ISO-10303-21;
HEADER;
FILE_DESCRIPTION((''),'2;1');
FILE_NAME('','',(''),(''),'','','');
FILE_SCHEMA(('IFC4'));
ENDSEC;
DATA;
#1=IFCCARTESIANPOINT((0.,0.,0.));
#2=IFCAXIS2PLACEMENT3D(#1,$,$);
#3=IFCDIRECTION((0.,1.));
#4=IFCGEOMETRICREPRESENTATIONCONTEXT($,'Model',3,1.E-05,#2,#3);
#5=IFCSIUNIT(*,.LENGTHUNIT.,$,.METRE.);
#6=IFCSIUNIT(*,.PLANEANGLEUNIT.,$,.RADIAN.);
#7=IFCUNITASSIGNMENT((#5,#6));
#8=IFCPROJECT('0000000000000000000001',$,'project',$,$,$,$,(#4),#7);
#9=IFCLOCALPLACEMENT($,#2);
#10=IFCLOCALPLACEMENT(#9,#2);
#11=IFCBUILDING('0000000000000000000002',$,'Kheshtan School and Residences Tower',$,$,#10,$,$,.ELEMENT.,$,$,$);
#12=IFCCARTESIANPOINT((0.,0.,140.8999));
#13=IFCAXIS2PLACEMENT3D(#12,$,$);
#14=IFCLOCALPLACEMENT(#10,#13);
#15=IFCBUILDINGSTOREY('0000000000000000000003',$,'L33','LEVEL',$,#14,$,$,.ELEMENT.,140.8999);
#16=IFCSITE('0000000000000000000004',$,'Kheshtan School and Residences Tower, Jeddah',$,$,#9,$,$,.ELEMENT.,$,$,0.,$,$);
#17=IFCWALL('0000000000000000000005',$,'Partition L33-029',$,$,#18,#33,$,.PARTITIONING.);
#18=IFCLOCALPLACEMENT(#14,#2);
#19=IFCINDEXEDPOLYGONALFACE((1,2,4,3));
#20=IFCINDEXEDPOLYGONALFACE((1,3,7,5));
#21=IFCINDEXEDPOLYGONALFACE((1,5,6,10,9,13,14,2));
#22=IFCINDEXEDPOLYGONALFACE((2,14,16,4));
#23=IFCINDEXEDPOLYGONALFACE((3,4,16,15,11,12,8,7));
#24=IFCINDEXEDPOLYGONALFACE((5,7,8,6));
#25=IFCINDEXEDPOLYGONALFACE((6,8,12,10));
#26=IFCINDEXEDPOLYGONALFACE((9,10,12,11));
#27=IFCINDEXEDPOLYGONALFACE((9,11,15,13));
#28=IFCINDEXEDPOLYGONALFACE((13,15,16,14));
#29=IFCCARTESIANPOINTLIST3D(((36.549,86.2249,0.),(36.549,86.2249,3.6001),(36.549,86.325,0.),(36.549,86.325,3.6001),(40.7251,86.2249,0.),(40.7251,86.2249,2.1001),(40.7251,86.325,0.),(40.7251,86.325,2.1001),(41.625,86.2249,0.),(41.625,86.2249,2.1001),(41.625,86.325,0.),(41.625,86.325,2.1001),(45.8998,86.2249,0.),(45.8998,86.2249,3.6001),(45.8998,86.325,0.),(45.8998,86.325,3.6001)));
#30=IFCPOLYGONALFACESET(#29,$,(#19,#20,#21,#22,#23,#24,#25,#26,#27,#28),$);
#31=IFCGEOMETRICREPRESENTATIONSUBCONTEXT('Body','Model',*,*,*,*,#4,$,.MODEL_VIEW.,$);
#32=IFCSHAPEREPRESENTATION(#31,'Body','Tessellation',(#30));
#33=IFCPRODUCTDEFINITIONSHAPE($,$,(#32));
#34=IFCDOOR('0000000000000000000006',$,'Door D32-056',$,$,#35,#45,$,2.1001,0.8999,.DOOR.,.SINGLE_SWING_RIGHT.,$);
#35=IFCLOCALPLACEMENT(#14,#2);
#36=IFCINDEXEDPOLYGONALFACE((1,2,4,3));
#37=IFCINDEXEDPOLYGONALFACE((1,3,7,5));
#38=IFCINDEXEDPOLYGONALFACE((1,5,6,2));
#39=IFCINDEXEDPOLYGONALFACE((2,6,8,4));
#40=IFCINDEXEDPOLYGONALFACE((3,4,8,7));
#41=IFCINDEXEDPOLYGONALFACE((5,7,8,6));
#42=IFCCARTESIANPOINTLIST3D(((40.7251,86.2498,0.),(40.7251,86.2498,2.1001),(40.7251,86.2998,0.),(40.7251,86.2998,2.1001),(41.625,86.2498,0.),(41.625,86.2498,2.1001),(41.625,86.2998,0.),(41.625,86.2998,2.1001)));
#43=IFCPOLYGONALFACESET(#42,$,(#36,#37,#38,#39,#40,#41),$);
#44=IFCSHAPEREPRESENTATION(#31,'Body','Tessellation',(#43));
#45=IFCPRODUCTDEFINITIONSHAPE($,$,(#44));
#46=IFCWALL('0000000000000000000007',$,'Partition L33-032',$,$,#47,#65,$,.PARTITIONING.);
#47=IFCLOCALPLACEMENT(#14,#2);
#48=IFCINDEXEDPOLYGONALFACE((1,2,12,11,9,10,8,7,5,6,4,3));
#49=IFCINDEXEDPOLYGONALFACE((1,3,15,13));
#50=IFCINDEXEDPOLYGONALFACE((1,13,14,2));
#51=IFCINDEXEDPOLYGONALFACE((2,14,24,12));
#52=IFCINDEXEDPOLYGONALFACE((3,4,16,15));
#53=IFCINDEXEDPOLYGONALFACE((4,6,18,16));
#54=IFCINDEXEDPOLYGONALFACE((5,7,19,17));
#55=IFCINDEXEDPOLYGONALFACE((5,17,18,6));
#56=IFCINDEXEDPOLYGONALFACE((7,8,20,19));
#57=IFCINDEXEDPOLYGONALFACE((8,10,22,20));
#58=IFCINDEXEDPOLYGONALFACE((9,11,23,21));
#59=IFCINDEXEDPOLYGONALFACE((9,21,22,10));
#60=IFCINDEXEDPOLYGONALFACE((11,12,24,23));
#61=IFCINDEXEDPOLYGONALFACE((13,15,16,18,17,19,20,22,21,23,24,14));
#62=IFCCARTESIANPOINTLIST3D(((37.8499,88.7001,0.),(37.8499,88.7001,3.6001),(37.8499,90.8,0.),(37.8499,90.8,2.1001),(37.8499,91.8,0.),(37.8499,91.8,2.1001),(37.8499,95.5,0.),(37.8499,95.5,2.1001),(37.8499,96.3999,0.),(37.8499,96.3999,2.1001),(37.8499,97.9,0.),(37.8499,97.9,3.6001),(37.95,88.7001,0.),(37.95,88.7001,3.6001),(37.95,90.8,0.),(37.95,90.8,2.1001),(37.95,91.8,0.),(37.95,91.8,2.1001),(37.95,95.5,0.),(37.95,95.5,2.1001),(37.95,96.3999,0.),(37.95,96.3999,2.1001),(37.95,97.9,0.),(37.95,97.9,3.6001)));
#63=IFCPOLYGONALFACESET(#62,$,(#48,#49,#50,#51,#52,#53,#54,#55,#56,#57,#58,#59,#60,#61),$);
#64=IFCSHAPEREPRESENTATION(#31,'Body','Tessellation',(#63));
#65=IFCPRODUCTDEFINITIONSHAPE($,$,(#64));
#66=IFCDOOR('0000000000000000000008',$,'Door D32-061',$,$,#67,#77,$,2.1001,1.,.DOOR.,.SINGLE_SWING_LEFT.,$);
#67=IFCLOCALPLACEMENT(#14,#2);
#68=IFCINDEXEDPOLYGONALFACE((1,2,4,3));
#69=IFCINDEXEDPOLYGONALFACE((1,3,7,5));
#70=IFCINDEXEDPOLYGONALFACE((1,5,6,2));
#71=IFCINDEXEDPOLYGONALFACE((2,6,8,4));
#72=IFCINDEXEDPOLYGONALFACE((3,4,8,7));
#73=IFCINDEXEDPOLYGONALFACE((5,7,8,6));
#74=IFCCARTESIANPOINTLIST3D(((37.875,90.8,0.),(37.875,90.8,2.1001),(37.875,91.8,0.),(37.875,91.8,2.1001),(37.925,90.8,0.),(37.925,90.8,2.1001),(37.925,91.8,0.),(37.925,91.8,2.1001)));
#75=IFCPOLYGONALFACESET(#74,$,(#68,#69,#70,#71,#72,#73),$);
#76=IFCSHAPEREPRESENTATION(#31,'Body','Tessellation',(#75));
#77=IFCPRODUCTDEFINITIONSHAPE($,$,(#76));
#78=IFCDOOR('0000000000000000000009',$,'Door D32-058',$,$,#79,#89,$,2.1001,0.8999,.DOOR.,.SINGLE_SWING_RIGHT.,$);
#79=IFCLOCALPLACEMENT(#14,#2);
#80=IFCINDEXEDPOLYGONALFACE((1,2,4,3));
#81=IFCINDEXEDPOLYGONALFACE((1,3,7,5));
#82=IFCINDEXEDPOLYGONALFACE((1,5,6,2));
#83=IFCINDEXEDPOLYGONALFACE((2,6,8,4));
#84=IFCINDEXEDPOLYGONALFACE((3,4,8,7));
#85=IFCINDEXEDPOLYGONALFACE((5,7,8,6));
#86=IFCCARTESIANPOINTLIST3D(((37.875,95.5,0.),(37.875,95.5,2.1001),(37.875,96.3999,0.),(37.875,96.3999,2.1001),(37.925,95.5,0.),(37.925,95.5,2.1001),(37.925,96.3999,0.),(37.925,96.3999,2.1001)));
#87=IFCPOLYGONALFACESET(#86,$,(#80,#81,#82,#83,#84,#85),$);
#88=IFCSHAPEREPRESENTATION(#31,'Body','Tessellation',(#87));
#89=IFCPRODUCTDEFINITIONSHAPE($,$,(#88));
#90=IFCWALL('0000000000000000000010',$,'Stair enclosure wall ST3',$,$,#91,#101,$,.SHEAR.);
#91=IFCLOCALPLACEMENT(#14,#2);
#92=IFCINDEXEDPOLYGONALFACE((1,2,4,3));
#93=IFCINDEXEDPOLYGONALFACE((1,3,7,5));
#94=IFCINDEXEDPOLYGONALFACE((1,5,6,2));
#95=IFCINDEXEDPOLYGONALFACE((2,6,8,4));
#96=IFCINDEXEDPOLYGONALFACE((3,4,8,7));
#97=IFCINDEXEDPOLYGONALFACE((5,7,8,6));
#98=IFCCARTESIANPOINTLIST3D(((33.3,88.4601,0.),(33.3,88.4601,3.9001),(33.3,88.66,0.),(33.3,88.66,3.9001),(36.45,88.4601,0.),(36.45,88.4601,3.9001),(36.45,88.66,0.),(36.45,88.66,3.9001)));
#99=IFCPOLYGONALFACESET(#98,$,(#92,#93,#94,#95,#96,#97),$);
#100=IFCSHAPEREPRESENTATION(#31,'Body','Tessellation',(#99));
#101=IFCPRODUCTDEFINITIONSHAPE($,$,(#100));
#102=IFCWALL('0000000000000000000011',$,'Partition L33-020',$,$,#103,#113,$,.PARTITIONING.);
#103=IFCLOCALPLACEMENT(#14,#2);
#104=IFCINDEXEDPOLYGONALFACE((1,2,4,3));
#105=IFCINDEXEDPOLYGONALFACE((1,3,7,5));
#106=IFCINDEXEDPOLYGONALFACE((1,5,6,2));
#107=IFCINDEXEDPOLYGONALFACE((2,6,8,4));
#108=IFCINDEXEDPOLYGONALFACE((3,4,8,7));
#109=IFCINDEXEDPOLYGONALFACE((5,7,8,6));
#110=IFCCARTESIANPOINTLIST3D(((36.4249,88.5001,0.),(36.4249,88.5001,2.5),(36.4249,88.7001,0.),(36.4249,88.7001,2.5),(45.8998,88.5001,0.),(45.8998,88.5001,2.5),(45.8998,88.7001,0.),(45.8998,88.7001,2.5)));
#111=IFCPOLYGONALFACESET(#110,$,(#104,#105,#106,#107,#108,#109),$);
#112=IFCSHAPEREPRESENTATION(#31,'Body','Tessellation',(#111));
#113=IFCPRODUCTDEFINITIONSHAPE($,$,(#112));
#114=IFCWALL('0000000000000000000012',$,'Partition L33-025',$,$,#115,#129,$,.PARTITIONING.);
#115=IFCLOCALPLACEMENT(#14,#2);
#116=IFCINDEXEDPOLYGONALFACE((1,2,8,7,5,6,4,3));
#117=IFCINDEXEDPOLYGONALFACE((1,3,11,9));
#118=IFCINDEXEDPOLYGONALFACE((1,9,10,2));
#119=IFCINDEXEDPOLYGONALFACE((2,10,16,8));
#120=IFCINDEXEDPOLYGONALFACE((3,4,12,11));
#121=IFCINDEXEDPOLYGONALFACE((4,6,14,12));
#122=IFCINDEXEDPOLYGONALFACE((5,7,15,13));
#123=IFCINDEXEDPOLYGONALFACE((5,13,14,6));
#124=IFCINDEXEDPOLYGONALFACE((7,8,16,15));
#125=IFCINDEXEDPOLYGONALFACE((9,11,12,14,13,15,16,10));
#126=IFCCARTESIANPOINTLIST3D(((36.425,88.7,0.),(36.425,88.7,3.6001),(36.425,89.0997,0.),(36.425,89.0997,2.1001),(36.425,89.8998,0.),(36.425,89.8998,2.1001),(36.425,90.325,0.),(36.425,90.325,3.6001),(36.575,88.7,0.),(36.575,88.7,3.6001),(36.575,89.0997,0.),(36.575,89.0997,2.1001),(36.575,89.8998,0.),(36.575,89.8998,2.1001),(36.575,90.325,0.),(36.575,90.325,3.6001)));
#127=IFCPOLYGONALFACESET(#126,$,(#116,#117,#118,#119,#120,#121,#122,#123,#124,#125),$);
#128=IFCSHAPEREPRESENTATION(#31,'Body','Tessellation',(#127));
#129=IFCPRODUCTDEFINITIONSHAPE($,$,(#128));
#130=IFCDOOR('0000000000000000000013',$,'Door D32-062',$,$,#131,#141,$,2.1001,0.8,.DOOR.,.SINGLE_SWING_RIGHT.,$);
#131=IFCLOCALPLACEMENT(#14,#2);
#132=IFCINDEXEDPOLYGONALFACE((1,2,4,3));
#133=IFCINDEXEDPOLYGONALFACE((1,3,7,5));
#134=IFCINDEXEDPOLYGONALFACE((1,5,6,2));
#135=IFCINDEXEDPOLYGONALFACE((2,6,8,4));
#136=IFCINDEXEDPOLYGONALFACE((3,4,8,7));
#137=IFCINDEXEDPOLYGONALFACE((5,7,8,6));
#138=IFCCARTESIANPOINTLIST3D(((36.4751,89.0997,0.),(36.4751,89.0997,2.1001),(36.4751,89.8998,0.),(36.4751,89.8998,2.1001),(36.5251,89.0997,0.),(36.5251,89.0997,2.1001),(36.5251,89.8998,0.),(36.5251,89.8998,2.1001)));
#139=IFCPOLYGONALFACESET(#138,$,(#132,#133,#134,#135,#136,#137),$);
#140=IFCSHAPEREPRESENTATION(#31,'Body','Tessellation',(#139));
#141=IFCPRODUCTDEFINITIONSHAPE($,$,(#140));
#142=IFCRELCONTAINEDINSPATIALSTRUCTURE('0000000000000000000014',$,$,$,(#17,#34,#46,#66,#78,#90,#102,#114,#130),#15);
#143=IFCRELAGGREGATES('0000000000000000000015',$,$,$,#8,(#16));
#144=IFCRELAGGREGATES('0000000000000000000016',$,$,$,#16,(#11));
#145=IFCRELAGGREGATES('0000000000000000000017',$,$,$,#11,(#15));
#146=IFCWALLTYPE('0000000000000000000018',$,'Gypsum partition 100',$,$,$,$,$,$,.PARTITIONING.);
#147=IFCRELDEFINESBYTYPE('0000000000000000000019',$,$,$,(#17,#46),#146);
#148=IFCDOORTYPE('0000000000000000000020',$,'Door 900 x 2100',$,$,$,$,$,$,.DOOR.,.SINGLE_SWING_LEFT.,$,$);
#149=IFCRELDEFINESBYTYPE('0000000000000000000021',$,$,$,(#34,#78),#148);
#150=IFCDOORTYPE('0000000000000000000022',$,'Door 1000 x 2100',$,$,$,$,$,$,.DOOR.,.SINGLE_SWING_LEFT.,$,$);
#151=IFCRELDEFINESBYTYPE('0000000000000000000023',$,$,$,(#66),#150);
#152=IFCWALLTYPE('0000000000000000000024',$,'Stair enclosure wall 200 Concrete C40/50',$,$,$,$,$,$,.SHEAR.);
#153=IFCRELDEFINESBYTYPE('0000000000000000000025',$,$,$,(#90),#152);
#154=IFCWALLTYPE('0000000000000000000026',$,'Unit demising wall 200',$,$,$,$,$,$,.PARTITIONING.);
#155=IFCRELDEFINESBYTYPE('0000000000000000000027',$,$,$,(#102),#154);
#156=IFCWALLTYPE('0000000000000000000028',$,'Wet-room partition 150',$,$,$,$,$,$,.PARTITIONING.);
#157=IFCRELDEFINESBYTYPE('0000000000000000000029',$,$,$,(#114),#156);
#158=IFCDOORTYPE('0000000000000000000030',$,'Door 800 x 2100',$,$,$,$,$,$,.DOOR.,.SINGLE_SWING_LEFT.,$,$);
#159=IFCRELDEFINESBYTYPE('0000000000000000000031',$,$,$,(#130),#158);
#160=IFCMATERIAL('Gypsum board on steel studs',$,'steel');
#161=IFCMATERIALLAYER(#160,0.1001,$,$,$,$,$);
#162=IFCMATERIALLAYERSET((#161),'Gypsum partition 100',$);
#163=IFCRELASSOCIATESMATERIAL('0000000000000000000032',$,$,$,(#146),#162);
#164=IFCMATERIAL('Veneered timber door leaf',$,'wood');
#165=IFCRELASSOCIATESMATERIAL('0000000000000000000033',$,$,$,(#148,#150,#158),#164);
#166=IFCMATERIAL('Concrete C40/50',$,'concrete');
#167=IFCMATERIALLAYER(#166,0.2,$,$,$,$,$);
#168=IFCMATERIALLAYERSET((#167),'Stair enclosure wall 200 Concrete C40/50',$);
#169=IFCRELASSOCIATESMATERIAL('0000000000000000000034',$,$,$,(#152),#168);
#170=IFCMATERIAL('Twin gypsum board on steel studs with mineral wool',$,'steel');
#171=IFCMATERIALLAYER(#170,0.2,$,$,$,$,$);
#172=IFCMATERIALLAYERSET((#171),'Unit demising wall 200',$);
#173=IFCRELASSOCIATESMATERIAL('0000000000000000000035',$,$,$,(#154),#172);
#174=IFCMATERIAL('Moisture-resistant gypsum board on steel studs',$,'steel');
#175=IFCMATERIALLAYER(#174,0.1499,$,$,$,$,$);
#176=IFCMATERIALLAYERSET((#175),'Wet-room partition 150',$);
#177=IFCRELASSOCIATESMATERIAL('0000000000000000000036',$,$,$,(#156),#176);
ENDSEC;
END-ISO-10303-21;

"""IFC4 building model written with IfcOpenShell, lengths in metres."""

from ifc_helpers import new_model, si_unit, direction, frame, frame_2d, origin, place, context, subcontext, project, spatial, rectangle, extrude, source, transform, mapped, material, layer, layer_set, type_object, element, fill, save


model = new_model("IFC4")

# Units and contexts
model_context = context("Model", 3, precision=1e-05, world=origin(), true_north=direction((0.0, 1.0)))
body_context = subcontext(model_context, "Body", "Model", "MODEL_VIEW")
ifc_project = project(units=[si_unit("LENGTHUNIT", "METRE"), si_unit("PLANEANGLEUNIT", "RADIAN")], contexts=[model_context])

# Site, building, storey
site_placement = place(None, origin())
site = spatial("IfcSite", under=ifc_project, at=site_placement, Name="Kheshtan School and Residences Tower, Jeddah", CompositionType="ELEMENT", RefElevation=0.0)
building_placement = place(site_placement, origin())
building = spatial("IfcBuilding", under=site, at=building_placement, Name="Kheshtan School and Residences Tower", CompositionType="ELEMENT")
storey_placement = place(building_placement, frame((0.0, 0.0, 140.8999)))
storey = spatial("IfcBuildingStorey", under=building, at=storey_placement, Name="L33", Description="LEVEL", CompositionType="ELEMENT", Elevation=140.8999)

# Wall, opening, door
ifc_material_1 = material(Name="Gypsum board on steel studs", Category="steel")
ifc_layer_1 = layer(ifc_material_1, 0.1001)
ifc_layer_set_1 = layer_set([ifc_layer_1], Name="Gypsum partition 100")
wall_type_1 = type_object("IfcWallType", Name="Gypsum partition 100", PredefinedType="PARTITIONING", material=ifc_layer_set_1)
ifc_material_2 = material(Name="Veneered timber door leaf", Category="wood")
door_type_1 = type_object("IfcDoorType", Name="Door 900 x 2100", OperationType="SINGLE_SWING_LEFT", PredefinedType="DOOR", material=ifc_material_2)
shared_shape_1 = source(origin(), body_context, "Body", "SweptSolid", [
    extrude(rectangle(XDim=0.8999, YDim=2.1001, at=frame_2d((0.45, 1.05))), frame((0.0, 0.0249, 0.0), z_axis=(0.0, -1.0, 0.0), x_axis=(1.0, 0.0, 0.0)), (0.0, 0.0, 1.0), 0.05),
])
wall_1_placement = place(storey_placement, frame((36.5491, 86.2749, 0.0), z_axis=(0.0, 0.0, 1.0), x_axis=(1.0, 0.0, 0.0)))
wall_1 = element("IfcWall", 1, at=wall_1_placement, inside=storey, type_object=wall_type_1, Name="Partition L33-029", PredefinedType="PARTITIONING", context=body_context, shape_type="SweptSolid", body=[
    extrude(rectangle(XDim=9.3508, YDim=0.1001, at=frame_2d((4.6753, 0.0))), origin(), (0.0, 0.0, 1.0), 3.6001),
])
opening_1_placement = place(wall_1_placement, frame((4.176, 0.0, 0.0)))
opening_1 = element("IfcOpeningElement", 2, at=opening_1_placement, cuts=wall_1, PredefinedType="OPENING", context=body_context, shape_type="SweptSolid", body=[
    extrude(rectangle(XDim=0.8999, YDim=2.1001, at=frame_2d((0.45, 1.05))), frame((0.0, 0.0601, 0.0), z_axis=(0.0, -1.0, 0.0), x_axis=(1.0, 0.0, 0.0)), (0.0, 0.0, 1.0), 0.1201),
])
door_1_placement = place(opening_1_placement, origin())
door_1 = element("IfcDoor", 3, at=door_1_placement, inside=storey, type_object=door_type_1, Name="Door D32-056", OperationType="SINGLE_SWING_RIGHT", OverallHeight=2.1001, OverallWidth=0.8999, PredefinedType="DOOR", context=body_context, shape_type="MappedRepresentation", body=[
    mapped(shared_shape_1, transform((0.0, 0.0, 0.0), x_axis=(1.0, 0.0, 0.0), y_axis=(0.0, 1.0, 0.0), z_axis=(0.0, 0.0, 1.0), scale=1.0)),
])
fill(opening_1, door_1)

# Wall, openings, doors
wall_2_placement = place(storey_placement, frame((37.8999, 88.7, 0.0), z_axis=(0.0, 0.0, 1.0), x_axis=(0.0, 1.0, 0.0)))
wall_2 = element("IfcWall", 4, at=wall_2_placement, inside=storey, type_object=wall_type_1, Name="Partition L33-032", PredefinedType="PARTITIONING", context=body_context, shape_type="SweptSolid", body=[
    extrude(rectangle(XDim=9.2, YDim=0.1001, at=frame_2d((4.6001, 0.0))), origin(), (0.0, 0.0, 1.0), 3.6001),
])
opening_2_placement = place(wall_2_placement, frame((6.8, 0.0, 0.0)))
opening_2 = element("IfcOpeningElement", 5, at=opening_2_placement, cuts=wall_2, PredefinedType="OPENING", context=body_context, shape_type="SweptSolid", body=[
    extrude(rectangle(XDim=0.8999, YDim=2.1001, at=frame_2d((0.45, 1.05))), frame((0.0, 0.0601, 0.0), z_axis=(0.0, -1.0, 0.0), x_axis=(1.0, 0.0, 0.0)), (0.0, 0.0, 1.0), 0.1201),
])
opening_3_placement = place(wall_2_placement, frame((2.1001, 0.0, 0.0)))
opening_3 = element("IfcOpeningElement", 6, at=opening_3_placement, cuts=wall_2, PredefinedType="OPENING", context=body_context, shape_type="SweptSolid", body=[
    extrude(rectangle(XDim=1.0, YDim=2.1001, at=frame_2d((0.5, 1.05))), frame((0.0, 0.0601, 0.0), z_axis=(0.0, -1.0, 0.0), x_axis=(1.0, 0.0, 0.0)), (0.0, 0.0, 1.0), 0.1201),
])
door_type_2 = type_object("IfcDoorType", Name="Door 1000 x 2100", OperationType="SINGLE_SWING_LEFT", PredefinedType="DOOR", material=ifc_material_2)
shared_shape_2 = source(origin(), body_context, "Body", "SweptSolid", [
    extrude(rectangle(XDim=1.0, YDim=2.1001, at=frame_2d((0.5, 1.05))), frame((0.0, 0.0249, 0.0), z_axis=(0.0, -1.0, 0.0), x_axis=(1.0, 0.0, 0.0)), (0.0, 0.0, 1.0), 0.05),
])
door_2_placement = place(opening_3_placement, origin())
door_2 = element("IfcDoor", 7, at=door_2_placement, inside=storey, type_object=door_type_2, Name="Door D32-061", OperationType="SINGLE_SWING_LEFT", OverallHeight=2.1001, OverallWidth=1.0, PredefinedType="DOOR", context=body_context, shape_type="MappedRepresentation", body=[
    mapped(shared_shape_2, transform((0.0, 0.0, 0.0), x_axis=(1.0, 0.0, 0.0), y_axis=(0.0, 1.0, 0.0), z_axis=(0.0, 0.0, 1.0), scale=1.0)),
])
fill(opening_3, door_2)
door_3_placement = place(opening_2_placement, origin())
door_3 = element("IfcDoor", 8, at=door_3_placement, inside=storey, type_object=door_type_1, Name="Door D32-058", OperationType="SINGLE_SWING_RIGHT", OverallHeight=2.1001, OverallWidth=0.8999, PredefinedType="DOOR", context=body_context, shape_type="MappedRepresentation", body=[
    mapped(shared_shape_1, transform((0.0, 0.0, 0.0), x_axis=(1.0, 0.0, 0.0), y_axis=(0.0, 1.0, 0.0), z_axis=(0.0, 0.0, 1.0), scale=1.0)),
])
fill(opening_2, door_3)

# Walls
ifc_material_3 = material(Name="Concrete C40/50", Category="concrete")
ifc_layer_2 = layer(ifc_material_3, 0.2)
ifc_layer_set_2 = layer_set([ifc_layer_2], Name="Stair enclosure wall 200 Concrete C40/50")
wall_type_2 = type_object("IfcWallType", Name="Stair enclosure wall 200 Concrete C40/50", PredefinedType="SHEAR", material=ifc_layer_set_2)
wall_3_placement = place(storey_placement, frame((33.3, 88.5601, 0.0), z_axis=(0.0, 0.0, 1.0), x_axis=(1.0, 0.0, 0.0)))
element("IfcWall", 9, at=wall_3_placement, inside=storey, type_object=wall_type_2, Name="Stair enclosure wall ST3", PredefinedType="SHEAR", context=body_context, shape_type="SweptSolid", body=[
    extrude(rectangle(XDim=3.1499, YDim=0.2, at=frame_2d((1.575, 0.0))), origin(), (0.0, 0.0, 1.0), 3.9001),
])
ifc_material_4 = material(Name="Twin gypsum board on steel studs with mineral wool", Category="steel")
ifc_layer_3 = layer(ifc_material_4, 0.2)
ifc_layer_set_3 = layer_set([ifc_layer_3], Name="Unit demising wall 200")
wall_type_3 = type_object("IfcWallType", Name="Unit demising wall 200", PredefinedType="PARTITIONING", material=ifc_layer_set_3)
wall_4_placement = place(storey_placement, frame((36.425, 88.6001, 0.0), z_axis=(0.0, 0.0, 1.0), x_axis=(1.0, 0.0, 0.0)))
element("IfcWall", 10, at=wall_4_placement, inside=storey, type_object=wall_type_3, Name="Partition L33-020", PredefinedType="PARTITIONING", context=body_context, shape_type="SweptSolid", body=[
    extrude(rectangle(XDim=9.4749, YDim=0.2, at=frame_2d((4.7373, 0.0))), origin(), (0.0, 0.0, 1.0), 2.5),
])

# Wall, opening, door
ifc_material_5 = material(Name="Moisture-resistant gypsum board on steel studs", Category="steel")
ifc_layer_4 = layer(ifc_material_5, 0.1499)
ifc_layer_set_4 = layer_set([ifc_layer_4], Name="Wet-room partition 150")
wall_type_4 = type_object("IfcWallType", Name="Wet-room partition 150", PredefinedType="PARTITIONING", material=ifc_layer_set_4)
wall_5_placement = place(storey_placement, frame((36.5, 88.7, 0.0), z_axis=(0.0, 0.0, 1.0), x_axis=(0.0, 1.0, 0.0)))
wall_5 = element("IfcWall", 11, at=wall_5_placement, inside=storey, type_object=wall_type_4, Name="Partition L33-025", PredefinedType="PARTITIONING", context=body_context, shape_type="SweptSolid", body=[
    extrude(rectangle(XDim=1.625, YDim=0.1499, at=frame_2d((0.8125, 0.0))), origin(), (0.0, 0.0, 1.0), 3.6001),
])
opening_4_placement = place(wall_5_placement, frame((0.3999, 0.0, 0.0)))
opening_4 = element("IfcOpeningElement", 12, at=opening_4_placement, cuts=wall_5, PredefinedType="OPENING", context=body_context, shape_type="SweptSolid", body=[
    extrude(rectangle(XDim=0.8, YDim=2.1001, at=frame_2d((0.3999, 1.05))), frame((0.0, 0.085, 0.0), z_axis=(0.0, -1.0, 0.0), x_axis=(1.0, 0.0, 0.0)), (0.0, 0.0, 1.0), 0.1699),
])
door_type_3 = type_object("IfcDoorType", Name="Door 800 x 2100", OperationType="SINGLE_SWING_LEFT", PredefinedType="DOOR", material=ifc_material_2)
shared_shape_3 = source(origin(), body_context, "Body", "SweptSolid", [
    extrude(rectangle(XDim=0.8, YDim=2.1001, at=frame_2d((0.3999, 1.05))), frame((0.0, 0.0249, 0.0), z_axis=(0.0, -1.0, 0.0), x_axis=(1.0, 0.0, 0.0)), (0.0, 0.0, 1.0), 0.05),
])
door_4_placement = place(opening_4_placement, origin())
door_4 = element("IfcDoor", 13, at=door_4_placement, inside=storey, type_object=door_type_3, Name="Door D32-062", OperationType="SINGLE_SWING_RIGHT", OverallHeight=2.1001, OverallWidth=0.8, PredefinedType="DOOR", context=body_context, shape_type="MappedRepresentation", body=[
    mapped(shared_shape_3, transform((0.0, 0.0, 0.0), x_axis=(1.0, 0.0, 0.0), y_axis=(0.0, 1.0, 0.0), z_axis=(0.0, 0.0, 1.0), scale=1.0)),
])
fill(opening_4, door_4)

save(model, "model.ifc")
